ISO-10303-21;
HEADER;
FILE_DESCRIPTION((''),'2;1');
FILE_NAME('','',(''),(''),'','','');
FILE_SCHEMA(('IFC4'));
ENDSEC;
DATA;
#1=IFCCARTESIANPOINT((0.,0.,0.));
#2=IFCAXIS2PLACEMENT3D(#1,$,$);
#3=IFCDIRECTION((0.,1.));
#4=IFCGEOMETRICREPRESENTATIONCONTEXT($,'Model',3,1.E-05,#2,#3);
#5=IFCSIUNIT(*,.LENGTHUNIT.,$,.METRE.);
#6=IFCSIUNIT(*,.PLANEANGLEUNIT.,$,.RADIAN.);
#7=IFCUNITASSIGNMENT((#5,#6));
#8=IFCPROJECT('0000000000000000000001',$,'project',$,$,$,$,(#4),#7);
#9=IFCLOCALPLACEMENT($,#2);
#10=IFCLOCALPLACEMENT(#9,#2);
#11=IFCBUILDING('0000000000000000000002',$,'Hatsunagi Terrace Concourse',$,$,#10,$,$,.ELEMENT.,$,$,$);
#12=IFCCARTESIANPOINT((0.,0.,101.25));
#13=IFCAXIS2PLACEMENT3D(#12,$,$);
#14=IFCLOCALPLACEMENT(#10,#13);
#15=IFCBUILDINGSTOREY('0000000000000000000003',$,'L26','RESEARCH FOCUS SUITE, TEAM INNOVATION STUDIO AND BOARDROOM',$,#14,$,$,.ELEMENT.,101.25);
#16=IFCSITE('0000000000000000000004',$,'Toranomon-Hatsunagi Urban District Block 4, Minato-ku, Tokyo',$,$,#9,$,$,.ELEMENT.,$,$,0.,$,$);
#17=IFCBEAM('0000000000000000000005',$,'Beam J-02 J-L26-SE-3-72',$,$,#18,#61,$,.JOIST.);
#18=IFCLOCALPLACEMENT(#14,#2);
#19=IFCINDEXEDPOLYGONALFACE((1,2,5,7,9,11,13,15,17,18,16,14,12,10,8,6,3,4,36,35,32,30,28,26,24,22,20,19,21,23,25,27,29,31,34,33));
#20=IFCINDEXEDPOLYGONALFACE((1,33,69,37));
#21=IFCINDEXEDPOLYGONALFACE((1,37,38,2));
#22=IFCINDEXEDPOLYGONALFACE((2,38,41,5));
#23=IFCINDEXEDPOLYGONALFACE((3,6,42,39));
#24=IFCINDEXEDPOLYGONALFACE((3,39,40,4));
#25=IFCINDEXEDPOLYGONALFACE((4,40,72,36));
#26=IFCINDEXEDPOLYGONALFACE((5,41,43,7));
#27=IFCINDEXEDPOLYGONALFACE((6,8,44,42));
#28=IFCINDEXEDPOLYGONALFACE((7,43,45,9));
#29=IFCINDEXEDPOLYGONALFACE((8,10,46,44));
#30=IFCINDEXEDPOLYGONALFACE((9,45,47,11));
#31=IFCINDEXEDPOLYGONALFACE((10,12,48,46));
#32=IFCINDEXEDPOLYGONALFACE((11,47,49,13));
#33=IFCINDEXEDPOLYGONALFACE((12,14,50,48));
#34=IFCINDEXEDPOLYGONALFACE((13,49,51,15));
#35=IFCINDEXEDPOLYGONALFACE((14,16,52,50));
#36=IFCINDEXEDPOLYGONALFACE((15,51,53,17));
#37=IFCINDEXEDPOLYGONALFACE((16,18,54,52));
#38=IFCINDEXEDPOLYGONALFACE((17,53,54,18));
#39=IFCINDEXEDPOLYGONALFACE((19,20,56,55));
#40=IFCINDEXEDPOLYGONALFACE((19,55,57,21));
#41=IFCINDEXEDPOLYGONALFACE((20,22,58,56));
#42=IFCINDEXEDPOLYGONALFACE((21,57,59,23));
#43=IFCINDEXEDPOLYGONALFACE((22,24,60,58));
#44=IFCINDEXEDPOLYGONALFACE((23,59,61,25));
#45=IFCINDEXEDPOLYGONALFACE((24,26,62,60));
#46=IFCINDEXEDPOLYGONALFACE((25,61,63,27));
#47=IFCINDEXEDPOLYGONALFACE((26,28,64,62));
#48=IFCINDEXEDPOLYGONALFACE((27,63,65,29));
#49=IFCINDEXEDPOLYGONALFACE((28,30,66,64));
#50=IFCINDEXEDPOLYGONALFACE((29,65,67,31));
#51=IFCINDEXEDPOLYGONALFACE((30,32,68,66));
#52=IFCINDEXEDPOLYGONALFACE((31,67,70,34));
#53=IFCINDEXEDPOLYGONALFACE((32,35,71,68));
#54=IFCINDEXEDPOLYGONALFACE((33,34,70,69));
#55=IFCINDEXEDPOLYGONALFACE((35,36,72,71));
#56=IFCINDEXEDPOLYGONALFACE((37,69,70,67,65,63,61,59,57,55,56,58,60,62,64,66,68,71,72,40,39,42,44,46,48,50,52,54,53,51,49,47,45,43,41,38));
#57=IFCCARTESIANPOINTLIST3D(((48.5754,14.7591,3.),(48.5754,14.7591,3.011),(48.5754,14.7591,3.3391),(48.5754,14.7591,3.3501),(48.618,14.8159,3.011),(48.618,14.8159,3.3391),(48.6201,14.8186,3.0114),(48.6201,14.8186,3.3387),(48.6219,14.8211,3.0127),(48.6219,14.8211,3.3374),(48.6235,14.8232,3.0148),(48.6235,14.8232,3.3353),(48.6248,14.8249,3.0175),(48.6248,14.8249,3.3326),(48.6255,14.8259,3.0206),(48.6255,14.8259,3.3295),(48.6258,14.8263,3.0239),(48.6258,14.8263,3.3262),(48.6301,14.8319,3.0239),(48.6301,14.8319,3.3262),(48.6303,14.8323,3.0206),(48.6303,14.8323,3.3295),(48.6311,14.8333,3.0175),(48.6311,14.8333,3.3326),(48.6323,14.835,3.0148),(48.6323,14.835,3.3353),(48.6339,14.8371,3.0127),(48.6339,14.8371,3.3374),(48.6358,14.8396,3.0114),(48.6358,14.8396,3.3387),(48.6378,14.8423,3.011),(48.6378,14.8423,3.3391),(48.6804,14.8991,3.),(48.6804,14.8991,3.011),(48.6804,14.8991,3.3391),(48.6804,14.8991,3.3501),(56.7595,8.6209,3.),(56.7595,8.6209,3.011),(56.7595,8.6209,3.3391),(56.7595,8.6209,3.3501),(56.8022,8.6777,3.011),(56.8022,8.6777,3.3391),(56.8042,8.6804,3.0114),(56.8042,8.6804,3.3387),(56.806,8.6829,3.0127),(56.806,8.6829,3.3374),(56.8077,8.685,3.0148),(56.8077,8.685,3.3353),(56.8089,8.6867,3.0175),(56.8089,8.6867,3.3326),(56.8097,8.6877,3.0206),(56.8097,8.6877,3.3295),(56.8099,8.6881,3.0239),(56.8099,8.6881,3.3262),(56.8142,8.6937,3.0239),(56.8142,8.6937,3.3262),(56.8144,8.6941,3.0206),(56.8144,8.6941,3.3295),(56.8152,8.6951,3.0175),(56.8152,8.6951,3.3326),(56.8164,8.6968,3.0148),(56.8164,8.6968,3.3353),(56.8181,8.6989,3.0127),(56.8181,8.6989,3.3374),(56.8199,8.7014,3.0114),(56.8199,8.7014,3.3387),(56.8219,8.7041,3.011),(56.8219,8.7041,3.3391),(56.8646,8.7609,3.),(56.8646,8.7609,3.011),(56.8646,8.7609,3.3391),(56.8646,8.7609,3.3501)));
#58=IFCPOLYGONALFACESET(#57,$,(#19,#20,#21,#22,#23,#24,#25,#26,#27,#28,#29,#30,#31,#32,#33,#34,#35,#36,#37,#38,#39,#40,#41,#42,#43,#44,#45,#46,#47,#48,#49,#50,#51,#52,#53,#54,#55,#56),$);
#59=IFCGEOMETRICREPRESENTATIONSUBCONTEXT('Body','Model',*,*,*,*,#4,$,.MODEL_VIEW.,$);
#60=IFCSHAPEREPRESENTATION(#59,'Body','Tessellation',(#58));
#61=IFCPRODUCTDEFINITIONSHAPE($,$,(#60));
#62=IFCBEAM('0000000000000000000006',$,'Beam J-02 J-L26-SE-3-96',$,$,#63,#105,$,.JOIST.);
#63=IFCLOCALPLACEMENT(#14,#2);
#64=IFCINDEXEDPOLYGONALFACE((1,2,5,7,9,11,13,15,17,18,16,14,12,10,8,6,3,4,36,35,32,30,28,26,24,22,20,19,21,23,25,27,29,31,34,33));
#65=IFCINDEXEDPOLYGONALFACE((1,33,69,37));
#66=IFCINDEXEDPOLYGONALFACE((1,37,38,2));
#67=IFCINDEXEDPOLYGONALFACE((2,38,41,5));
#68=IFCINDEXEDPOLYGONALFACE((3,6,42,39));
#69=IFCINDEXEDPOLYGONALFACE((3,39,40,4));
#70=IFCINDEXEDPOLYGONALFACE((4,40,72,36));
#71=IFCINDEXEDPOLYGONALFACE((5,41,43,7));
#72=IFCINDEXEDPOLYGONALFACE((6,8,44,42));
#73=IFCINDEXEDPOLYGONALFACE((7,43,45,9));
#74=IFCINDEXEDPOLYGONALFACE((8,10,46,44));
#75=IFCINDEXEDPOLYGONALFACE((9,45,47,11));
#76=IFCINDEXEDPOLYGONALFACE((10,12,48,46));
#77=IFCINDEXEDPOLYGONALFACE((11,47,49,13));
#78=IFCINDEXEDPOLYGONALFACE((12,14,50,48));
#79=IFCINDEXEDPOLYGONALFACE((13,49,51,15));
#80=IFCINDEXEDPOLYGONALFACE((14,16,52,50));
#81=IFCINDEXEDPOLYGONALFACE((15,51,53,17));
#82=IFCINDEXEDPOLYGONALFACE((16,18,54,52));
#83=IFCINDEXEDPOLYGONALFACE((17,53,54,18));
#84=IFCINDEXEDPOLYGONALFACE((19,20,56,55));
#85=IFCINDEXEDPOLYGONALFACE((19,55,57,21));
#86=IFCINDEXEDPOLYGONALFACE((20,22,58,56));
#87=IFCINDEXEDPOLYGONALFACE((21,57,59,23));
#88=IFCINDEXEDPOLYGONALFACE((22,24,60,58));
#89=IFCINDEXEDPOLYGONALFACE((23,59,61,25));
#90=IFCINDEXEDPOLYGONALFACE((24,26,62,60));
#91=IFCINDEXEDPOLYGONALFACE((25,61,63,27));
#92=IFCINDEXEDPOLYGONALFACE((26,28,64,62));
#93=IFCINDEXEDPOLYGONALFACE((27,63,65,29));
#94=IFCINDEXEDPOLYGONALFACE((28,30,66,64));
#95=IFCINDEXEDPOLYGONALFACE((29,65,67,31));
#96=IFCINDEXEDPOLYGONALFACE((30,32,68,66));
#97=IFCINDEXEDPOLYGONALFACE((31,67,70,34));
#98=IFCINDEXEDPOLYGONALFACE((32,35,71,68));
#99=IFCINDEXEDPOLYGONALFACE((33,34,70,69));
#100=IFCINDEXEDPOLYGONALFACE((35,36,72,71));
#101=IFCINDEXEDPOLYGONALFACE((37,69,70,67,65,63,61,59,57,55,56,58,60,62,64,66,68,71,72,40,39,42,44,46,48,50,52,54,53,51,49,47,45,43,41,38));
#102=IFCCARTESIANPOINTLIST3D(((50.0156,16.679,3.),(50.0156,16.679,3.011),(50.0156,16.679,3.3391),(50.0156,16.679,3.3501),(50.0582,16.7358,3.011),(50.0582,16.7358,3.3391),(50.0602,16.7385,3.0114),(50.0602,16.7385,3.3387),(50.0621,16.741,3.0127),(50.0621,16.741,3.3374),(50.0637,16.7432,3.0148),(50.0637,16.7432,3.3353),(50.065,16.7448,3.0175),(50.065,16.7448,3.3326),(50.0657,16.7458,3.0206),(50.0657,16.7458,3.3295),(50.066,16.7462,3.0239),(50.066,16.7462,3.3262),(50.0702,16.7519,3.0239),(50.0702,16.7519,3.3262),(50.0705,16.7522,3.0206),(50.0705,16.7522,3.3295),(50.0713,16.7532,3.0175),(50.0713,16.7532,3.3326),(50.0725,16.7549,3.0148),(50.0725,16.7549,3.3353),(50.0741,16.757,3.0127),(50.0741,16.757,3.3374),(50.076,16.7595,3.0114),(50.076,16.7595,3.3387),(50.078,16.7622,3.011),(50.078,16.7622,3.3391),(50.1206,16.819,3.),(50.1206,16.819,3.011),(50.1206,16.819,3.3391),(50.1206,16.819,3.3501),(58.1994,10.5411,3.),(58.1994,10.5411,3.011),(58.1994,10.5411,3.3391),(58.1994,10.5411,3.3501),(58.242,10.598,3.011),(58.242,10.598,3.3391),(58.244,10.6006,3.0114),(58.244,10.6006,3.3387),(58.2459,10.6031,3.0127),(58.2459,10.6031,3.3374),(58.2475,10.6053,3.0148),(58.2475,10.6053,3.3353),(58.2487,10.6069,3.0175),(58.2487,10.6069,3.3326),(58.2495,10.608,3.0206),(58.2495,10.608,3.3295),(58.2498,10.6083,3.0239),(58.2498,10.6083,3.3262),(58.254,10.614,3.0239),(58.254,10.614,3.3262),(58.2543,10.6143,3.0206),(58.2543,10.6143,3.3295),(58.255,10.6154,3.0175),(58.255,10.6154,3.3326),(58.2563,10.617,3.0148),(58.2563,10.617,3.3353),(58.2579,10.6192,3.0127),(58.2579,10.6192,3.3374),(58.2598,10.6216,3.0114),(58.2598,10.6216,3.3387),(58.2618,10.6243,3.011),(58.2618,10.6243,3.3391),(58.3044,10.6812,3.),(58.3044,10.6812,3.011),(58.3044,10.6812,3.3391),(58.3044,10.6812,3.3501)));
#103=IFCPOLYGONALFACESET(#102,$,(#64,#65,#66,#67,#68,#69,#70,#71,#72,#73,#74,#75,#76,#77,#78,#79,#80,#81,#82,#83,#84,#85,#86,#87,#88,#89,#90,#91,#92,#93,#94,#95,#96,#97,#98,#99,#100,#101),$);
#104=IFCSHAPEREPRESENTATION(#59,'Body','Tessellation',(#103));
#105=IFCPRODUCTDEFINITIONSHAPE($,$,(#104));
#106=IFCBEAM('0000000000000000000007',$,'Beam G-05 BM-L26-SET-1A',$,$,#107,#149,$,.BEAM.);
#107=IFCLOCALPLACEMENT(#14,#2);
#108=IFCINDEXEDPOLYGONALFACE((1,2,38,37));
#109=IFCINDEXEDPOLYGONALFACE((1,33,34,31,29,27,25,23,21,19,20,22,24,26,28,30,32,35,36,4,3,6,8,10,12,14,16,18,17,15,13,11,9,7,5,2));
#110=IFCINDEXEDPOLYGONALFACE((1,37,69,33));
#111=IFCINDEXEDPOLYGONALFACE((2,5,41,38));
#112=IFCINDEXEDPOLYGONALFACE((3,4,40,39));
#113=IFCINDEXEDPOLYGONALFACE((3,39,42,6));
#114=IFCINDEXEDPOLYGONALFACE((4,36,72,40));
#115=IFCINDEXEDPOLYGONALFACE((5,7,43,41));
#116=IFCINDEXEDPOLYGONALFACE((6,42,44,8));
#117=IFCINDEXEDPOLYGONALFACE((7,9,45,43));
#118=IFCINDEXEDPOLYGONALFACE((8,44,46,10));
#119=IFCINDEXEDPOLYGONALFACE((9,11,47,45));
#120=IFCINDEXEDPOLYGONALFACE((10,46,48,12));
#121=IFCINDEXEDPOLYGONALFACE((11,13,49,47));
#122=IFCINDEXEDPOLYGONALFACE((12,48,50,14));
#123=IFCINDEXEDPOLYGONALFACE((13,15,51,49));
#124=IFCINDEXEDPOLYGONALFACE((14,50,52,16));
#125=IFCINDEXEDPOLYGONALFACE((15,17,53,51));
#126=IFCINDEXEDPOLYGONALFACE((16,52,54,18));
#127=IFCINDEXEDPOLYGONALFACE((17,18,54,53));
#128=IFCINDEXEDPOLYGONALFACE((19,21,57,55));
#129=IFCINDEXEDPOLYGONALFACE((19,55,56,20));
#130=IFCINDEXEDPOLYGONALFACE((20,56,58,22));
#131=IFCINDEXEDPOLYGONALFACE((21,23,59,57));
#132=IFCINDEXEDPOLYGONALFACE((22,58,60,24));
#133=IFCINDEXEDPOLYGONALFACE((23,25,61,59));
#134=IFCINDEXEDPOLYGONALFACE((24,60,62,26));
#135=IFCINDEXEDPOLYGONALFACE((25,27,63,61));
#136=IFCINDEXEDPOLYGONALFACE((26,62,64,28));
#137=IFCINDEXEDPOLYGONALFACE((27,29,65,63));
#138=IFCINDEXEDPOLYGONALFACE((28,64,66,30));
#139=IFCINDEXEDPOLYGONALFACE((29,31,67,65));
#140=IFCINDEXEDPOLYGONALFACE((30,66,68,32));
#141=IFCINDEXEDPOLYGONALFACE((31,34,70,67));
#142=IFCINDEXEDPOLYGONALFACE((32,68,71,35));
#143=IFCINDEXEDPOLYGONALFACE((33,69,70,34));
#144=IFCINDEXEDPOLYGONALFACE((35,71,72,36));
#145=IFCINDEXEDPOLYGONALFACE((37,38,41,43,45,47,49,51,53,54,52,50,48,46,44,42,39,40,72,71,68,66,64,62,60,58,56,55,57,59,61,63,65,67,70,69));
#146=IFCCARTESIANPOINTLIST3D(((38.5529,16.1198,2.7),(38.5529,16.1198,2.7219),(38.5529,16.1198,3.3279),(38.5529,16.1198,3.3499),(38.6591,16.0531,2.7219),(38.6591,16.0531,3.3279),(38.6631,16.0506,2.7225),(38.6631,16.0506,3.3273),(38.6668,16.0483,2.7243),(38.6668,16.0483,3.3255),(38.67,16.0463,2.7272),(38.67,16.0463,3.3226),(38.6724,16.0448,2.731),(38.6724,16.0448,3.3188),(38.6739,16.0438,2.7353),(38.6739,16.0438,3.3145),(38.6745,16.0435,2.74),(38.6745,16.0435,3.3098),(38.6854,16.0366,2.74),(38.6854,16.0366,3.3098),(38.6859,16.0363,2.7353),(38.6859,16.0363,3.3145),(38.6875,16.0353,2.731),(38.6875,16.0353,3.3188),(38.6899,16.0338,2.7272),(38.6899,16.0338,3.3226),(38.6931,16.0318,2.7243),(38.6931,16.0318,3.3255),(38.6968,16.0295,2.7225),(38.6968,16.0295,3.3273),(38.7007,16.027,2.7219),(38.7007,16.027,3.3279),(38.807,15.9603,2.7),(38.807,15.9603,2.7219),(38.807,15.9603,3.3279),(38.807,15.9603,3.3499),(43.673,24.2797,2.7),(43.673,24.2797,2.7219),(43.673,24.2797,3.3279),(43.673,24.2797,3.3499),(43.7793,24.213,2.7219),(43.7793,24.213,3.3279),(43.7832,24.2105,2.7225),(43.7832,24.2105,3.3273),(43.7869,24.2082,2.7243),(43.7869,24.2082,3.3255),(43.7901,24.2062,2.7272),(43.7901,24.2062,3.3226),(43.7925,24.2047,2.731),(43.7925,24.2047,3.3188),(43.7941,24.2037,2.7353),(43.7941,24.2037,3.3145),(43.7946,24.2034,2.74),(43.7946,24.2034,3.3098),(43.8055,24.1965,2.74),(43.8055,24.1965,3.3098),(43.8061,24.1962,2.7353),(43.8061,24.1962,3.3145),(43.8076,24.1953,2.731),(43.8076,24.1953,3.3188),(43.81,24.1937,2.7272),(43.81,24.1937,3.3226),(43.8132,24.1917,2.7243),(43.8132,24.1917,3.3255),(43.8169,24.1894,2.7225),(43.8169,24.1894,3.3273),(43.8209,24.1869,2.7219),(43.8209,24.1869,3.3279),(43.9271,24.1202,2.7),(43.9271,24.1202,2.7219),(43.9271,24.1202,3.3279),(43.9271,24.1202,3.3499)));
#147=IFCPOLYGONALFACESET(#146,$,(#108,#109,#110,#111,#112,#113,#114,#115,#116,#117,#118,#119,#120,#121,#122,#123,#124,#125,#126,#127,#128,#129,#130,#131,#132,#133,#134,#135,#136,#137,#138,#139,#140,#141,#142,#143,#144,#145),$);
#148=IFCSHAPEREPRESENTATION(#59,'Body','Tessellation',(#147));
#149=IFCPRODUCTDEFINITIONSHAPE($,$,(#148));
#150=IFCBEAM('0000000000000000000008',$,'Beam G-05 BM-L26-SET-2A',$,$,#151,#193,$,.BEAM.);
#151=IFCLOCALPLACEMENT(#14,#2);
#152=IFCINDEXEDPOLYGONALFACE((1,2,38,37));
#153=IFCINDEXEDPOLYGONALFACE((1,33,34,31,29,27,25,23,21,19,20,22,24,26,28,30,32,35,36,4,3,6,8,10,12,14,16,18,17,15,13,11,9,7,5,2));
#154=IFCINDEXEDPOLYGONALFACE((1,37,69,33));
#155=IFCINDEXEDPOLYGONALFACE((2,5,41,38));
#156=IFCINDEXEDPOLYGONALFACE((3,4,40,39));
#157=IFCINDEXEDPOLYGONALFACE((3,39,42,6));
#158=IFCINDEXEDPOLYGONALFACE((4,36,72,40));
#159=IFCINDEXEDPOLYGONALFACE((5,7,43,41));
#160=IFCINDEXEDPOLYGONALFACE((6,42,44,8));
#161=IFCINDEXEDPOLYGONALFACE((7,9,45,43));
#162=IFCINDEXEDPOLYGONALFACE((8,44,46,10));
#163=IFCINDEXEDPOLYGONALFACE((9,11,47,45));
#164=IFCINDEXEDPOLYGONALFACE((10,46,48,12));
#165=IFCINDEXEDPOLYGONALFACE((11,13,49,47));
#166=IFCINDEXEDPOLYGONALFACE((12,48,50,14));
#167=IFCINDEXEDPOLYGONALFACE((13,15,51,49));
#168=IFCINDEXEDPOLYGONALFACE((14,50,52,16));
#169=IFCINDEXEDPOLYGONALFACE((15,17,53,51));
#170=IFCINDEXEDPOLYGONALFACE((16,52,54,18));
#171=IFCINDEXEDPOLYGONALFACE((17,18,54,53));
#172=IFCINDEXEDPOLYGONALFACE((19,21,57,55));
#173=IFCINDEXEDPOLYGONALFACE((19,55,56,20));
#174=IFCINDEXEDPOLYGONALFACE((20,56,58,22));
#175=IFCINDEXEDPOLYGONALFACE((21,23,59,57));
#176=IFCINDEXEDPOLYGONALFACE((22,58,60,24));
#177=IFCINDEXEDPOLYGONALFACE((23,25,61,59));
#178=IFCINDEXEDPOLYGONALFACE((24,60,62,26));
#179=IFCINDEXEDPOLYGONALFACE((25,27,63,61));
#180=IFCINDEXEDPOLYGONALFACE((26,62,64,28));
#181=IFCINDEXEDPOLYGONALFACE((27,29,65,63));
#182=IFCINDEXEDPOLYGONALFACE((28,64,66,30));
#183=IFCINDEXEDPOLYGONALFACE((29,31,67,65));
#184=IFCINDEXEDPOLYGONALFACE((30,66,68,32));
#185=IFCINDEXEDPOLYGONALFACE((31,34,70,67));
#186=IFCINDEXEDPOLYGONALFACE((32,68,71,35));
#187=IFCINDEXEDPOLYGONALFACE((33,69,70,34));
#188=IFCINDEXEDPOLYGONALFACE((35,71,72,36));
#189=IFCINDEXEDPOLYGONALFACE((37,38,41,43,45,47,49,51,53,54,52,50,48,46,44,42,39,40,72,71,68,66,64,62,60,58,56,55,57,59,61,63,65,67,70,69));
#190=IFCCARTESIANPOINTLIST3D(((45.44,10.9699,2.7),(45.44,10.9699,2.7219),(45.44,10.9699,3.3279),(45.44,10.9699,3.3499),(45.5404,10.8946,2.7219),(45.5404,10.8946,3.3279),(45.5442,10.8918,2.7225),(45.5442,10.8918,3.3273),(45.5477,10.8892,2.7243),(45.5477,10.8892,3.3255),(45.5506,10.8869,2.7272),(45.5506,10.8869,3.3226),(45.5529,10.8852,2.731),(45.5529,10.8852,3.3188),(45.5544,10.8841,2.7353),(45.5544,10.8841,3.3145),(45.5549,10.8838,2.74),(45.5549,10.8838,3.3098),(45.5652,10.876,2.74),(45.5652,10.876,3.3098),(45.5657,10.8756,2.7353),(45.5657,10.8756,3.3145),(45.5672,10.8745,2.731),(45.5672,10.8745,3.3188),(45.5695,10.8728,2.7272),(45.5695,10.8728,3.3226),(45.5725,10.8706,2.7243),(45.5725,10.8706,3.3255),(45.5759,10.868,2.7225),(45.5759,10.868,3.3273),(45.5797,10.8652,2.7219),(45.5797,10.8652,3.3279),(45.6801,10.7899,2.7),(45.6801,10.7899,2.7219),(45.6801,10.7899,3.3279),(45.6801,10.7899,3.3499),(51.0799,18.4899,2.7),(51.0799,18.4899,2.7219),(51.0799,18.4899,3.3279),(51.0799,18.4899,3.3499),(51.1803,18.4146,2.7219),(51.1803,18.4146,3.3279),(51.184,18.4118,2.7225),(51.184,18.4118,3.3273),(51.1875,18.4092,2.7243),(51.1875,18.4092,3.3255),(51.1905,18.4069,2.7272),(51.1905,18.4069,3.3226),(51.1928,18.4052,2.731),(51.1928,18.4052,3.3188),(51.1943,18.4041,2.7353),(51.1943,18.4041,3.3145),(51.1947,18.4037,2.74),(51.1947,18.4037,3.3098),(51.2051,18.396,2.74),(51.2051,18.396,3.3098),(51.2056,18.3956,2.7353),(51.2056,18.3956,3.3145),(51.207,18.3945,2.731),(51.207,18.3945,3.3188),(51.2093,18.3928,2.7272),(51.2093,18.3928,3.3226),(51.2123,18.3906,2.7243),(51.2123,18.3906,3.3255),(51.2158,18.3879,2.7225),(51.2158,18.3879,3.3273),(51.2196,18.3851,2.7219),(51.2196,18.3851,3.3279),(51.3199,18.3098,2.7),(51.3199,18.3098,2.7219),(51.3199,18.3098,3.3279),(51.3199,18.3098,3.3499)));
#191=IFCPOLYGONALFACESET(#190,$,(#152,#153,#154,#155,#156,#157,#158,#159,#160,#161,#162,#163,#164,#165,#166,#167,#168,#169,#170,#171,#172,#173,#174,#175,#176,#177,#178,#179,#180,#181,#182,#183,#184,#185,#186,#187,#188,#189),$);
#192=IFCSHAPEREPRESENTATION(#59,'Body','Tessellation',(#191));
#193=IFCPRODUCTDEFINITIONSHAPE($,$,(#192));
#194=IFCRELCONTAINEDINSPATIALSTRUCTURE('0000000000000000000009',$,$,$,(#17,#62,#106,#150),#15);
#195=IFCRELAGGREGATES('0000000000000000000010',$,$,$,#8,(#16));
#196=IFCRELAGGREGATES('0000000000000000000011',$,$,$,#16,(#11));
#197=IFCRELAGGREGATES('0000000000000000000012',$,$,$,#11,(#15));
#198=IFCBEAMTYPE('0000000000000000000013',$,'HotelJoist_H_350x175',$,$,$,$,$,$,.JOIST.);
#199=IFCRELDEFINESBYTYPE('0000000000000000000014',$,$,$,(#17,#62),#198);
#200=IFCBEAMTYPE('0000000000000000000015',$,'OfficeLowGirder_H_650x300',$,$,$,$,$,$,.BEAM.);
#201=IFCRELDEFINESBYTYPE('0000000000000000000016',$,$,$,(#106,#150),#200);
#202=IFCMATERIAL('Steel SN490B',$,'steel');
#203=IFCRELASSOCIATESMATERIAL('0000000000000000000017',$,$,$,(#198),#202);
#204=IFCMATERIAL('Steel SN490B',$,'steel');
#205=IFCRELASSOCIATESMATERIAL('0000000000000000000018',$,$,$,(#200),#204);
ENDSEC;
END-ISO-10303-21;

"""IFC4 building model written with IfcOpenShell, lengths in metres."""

from ifc_helpers import new_model, si_unit, direction, frame, origin, origin_2d, place, context, subcontext, project, spatial, i_section, extrude, material, material_profile, profile_set, type_object, element, save


model = new_model("IFC4")

# Units and contexts
model_context = context("Model", 3, precision=1e-05, world=origin(), true_north=direction((0.0, 1.0)))
body_context = subcontext(model_context, "Body", "Model", "MODEL_VIEW")
ifc_project = project(units=[si_unit("LENGTHUNIT", "METRE"), si_unit("PLANEANGLEUNIT", "RADIAN")], contexts=[model_context])

# Site, building, storey
site_placement = place(None, origin())
site = spatial("IfcSite", under=ifc_project, at=site_placement, Name="Toranomon-Hatsunagi Urban District Block 4, Minato-ku, Tokyo", CompositionType="ELEMENT", RefElevation=0.0)
building_placement = place(site_placement, origin())
building = spatial("IfcBuilding", under=site, at=building_placement, Name="Hatsunagi Terrace Concourse", CompositionType="ELEMENT")
storey_placement = place(building_placement, frame((0.0, 0.0, 101.25)))
storey = spatial("IfcBuildingStorey", under=building, at=storey_placement, Name="L26", Description="RESEARCH FOCUS SUITE, TEAM INNOVATION STUDIO AND BOARDROOM", CompositionType="ELEMENT", Elevation=101.25)

# Beams
ifc_material_1 = material(Name="Steel SN490B", Category="steel")
ifc_material_profile_1 = material_profile(ifc_material_1, i_section(OverallWidth=0.175, OverallDepth=0.3501, WebThickness=0.0071, FlangeThickness=0.011, FilletRadius=0.0129, at=origin_2d()), Name="H-350x175x7x11")
ifc_profile_set_1 = profile_set([ifc_material_profile_1], Name="Steel SN490B")
beam_type_1 = type_object("IfcBeamType", Name="HotelJoist_H_350x175", PredefinedType="JOIST", material=ifc_profile_set_1)
beam_1_placement = place(storey_placement, frame((48.6279, 14.8291, 3.175), z_axis=(0.799994, -0.600008, 0.0), x_axis=(0.600008, 0.799994, 0.0)))
element("IfcBeam", 1, at=beam_1_placement, inside=storey, type_object=beam_type_1, Name="Beam J-02 J-L26-SE-3-72", PredefinedType="JOIST", context=body_context, shape_type="SweptSolid", body=[
    extrude(i_section(OverallWidth=0.175, OverallDepth=0.3501, WebThickness=0.0071, FlangeThickness=0.011, FilletRadius=0.0129, at=origin_2d()), origin(), (0.0, 0.0, 1.0), 10.2302),
])
beam_2_placement = place(storey_placement, frame((50.0681, 16.749, 3.175), z_axis=(0.799997, -0.600004, 0.0), x_axis=(0.600004, 0.799997, 0.0)))
element("IfcBeam", 2, at=beam_2_placement, inside=storey, type_object=beam_type_1, Name="Beam J-02 J-L26-SE-3-96", PredefinedType="JOIST", context=body_context, shape_type="SweptSolid", body=[
    extrude(i_section(OverallWidth=0.175, OverallDepth=0.3501, WebThickness=0.0071, FlangeThickness=0.011, FilletRadius=0.0129, at=origin_2d()), origin(), (0.0, 0.0, 1.0), 10.2297),
])
ifc_material_2 = material(Name="Steel SN490B", Category="steel")
ifc_material_profile_2 = material_profile(ifc_material_2, i_section(OverallWidth=0.3, OverallDepth=0.6499, WebThickness=0.0129, FlangeThickness=0.022, FilletRadius=0.0181, at=origin_2d()), Name="H-650x300x13x22")
ifc_profile_set_2 = profile_set([ifc_material_profile_2], Name="Steel SN490B")
beam_type_2 = type_object("IfcBeamType", Name="OfficeLowGirder_H_650x300", PredefinedType="BEAM", material=ifc_profile_set_2)
beam_3_placement = place(storey_placement, frame((38.6799, 16.04, 3.0249), z_axis=(0.531504, 0.847056, 0.0), x_axis=(-0.847056, 0.531504, 0.0)))
element("IfcBeam", 3, at=beam_3_placement, inside=storey, type_object=beam_type_2, Name="Beam G-05 BM-L26-SET-1A", PredefinedType="BEAM", context=body_context, shape_type="SweptSolid", body=[
    extrude(i_section(OverallWidth=0.3, OverallDepth=0.6499, WebThickness=0.0129, FlangeThickness=0.022, FilletRadius=0.0181, at=origin_2d()), origin(), (0.0, 0.0, 1.0), 9.6333),
])
beam_4_placement = place(storey_placement, frame((45.5601, 10.8799, 3.0249), z_axis=(0.599992, 0.800006, 0.0), x_axis=(-0.800006, 0.599992, 0.0)))
element("IfcBeam", 4, at=beam_4_placement, inside=storey, type_object=beam_type_2, Name="Beam G-05 BM-L26-SET-2A", PredefinedType="BEAM", context=body_context, shape_type="SweptSolid", body=[
    extrude(i_section(OverallWidth=0.3, OverallDepth=0.6499, WebThickness=0.0129, FlangeThickness=0.022, FilletRadius=0.0181, at=origin_2d()), origin(), (0.0, 0.0, 1.0), 9.3999),
])

save(model, "model.ifc")
